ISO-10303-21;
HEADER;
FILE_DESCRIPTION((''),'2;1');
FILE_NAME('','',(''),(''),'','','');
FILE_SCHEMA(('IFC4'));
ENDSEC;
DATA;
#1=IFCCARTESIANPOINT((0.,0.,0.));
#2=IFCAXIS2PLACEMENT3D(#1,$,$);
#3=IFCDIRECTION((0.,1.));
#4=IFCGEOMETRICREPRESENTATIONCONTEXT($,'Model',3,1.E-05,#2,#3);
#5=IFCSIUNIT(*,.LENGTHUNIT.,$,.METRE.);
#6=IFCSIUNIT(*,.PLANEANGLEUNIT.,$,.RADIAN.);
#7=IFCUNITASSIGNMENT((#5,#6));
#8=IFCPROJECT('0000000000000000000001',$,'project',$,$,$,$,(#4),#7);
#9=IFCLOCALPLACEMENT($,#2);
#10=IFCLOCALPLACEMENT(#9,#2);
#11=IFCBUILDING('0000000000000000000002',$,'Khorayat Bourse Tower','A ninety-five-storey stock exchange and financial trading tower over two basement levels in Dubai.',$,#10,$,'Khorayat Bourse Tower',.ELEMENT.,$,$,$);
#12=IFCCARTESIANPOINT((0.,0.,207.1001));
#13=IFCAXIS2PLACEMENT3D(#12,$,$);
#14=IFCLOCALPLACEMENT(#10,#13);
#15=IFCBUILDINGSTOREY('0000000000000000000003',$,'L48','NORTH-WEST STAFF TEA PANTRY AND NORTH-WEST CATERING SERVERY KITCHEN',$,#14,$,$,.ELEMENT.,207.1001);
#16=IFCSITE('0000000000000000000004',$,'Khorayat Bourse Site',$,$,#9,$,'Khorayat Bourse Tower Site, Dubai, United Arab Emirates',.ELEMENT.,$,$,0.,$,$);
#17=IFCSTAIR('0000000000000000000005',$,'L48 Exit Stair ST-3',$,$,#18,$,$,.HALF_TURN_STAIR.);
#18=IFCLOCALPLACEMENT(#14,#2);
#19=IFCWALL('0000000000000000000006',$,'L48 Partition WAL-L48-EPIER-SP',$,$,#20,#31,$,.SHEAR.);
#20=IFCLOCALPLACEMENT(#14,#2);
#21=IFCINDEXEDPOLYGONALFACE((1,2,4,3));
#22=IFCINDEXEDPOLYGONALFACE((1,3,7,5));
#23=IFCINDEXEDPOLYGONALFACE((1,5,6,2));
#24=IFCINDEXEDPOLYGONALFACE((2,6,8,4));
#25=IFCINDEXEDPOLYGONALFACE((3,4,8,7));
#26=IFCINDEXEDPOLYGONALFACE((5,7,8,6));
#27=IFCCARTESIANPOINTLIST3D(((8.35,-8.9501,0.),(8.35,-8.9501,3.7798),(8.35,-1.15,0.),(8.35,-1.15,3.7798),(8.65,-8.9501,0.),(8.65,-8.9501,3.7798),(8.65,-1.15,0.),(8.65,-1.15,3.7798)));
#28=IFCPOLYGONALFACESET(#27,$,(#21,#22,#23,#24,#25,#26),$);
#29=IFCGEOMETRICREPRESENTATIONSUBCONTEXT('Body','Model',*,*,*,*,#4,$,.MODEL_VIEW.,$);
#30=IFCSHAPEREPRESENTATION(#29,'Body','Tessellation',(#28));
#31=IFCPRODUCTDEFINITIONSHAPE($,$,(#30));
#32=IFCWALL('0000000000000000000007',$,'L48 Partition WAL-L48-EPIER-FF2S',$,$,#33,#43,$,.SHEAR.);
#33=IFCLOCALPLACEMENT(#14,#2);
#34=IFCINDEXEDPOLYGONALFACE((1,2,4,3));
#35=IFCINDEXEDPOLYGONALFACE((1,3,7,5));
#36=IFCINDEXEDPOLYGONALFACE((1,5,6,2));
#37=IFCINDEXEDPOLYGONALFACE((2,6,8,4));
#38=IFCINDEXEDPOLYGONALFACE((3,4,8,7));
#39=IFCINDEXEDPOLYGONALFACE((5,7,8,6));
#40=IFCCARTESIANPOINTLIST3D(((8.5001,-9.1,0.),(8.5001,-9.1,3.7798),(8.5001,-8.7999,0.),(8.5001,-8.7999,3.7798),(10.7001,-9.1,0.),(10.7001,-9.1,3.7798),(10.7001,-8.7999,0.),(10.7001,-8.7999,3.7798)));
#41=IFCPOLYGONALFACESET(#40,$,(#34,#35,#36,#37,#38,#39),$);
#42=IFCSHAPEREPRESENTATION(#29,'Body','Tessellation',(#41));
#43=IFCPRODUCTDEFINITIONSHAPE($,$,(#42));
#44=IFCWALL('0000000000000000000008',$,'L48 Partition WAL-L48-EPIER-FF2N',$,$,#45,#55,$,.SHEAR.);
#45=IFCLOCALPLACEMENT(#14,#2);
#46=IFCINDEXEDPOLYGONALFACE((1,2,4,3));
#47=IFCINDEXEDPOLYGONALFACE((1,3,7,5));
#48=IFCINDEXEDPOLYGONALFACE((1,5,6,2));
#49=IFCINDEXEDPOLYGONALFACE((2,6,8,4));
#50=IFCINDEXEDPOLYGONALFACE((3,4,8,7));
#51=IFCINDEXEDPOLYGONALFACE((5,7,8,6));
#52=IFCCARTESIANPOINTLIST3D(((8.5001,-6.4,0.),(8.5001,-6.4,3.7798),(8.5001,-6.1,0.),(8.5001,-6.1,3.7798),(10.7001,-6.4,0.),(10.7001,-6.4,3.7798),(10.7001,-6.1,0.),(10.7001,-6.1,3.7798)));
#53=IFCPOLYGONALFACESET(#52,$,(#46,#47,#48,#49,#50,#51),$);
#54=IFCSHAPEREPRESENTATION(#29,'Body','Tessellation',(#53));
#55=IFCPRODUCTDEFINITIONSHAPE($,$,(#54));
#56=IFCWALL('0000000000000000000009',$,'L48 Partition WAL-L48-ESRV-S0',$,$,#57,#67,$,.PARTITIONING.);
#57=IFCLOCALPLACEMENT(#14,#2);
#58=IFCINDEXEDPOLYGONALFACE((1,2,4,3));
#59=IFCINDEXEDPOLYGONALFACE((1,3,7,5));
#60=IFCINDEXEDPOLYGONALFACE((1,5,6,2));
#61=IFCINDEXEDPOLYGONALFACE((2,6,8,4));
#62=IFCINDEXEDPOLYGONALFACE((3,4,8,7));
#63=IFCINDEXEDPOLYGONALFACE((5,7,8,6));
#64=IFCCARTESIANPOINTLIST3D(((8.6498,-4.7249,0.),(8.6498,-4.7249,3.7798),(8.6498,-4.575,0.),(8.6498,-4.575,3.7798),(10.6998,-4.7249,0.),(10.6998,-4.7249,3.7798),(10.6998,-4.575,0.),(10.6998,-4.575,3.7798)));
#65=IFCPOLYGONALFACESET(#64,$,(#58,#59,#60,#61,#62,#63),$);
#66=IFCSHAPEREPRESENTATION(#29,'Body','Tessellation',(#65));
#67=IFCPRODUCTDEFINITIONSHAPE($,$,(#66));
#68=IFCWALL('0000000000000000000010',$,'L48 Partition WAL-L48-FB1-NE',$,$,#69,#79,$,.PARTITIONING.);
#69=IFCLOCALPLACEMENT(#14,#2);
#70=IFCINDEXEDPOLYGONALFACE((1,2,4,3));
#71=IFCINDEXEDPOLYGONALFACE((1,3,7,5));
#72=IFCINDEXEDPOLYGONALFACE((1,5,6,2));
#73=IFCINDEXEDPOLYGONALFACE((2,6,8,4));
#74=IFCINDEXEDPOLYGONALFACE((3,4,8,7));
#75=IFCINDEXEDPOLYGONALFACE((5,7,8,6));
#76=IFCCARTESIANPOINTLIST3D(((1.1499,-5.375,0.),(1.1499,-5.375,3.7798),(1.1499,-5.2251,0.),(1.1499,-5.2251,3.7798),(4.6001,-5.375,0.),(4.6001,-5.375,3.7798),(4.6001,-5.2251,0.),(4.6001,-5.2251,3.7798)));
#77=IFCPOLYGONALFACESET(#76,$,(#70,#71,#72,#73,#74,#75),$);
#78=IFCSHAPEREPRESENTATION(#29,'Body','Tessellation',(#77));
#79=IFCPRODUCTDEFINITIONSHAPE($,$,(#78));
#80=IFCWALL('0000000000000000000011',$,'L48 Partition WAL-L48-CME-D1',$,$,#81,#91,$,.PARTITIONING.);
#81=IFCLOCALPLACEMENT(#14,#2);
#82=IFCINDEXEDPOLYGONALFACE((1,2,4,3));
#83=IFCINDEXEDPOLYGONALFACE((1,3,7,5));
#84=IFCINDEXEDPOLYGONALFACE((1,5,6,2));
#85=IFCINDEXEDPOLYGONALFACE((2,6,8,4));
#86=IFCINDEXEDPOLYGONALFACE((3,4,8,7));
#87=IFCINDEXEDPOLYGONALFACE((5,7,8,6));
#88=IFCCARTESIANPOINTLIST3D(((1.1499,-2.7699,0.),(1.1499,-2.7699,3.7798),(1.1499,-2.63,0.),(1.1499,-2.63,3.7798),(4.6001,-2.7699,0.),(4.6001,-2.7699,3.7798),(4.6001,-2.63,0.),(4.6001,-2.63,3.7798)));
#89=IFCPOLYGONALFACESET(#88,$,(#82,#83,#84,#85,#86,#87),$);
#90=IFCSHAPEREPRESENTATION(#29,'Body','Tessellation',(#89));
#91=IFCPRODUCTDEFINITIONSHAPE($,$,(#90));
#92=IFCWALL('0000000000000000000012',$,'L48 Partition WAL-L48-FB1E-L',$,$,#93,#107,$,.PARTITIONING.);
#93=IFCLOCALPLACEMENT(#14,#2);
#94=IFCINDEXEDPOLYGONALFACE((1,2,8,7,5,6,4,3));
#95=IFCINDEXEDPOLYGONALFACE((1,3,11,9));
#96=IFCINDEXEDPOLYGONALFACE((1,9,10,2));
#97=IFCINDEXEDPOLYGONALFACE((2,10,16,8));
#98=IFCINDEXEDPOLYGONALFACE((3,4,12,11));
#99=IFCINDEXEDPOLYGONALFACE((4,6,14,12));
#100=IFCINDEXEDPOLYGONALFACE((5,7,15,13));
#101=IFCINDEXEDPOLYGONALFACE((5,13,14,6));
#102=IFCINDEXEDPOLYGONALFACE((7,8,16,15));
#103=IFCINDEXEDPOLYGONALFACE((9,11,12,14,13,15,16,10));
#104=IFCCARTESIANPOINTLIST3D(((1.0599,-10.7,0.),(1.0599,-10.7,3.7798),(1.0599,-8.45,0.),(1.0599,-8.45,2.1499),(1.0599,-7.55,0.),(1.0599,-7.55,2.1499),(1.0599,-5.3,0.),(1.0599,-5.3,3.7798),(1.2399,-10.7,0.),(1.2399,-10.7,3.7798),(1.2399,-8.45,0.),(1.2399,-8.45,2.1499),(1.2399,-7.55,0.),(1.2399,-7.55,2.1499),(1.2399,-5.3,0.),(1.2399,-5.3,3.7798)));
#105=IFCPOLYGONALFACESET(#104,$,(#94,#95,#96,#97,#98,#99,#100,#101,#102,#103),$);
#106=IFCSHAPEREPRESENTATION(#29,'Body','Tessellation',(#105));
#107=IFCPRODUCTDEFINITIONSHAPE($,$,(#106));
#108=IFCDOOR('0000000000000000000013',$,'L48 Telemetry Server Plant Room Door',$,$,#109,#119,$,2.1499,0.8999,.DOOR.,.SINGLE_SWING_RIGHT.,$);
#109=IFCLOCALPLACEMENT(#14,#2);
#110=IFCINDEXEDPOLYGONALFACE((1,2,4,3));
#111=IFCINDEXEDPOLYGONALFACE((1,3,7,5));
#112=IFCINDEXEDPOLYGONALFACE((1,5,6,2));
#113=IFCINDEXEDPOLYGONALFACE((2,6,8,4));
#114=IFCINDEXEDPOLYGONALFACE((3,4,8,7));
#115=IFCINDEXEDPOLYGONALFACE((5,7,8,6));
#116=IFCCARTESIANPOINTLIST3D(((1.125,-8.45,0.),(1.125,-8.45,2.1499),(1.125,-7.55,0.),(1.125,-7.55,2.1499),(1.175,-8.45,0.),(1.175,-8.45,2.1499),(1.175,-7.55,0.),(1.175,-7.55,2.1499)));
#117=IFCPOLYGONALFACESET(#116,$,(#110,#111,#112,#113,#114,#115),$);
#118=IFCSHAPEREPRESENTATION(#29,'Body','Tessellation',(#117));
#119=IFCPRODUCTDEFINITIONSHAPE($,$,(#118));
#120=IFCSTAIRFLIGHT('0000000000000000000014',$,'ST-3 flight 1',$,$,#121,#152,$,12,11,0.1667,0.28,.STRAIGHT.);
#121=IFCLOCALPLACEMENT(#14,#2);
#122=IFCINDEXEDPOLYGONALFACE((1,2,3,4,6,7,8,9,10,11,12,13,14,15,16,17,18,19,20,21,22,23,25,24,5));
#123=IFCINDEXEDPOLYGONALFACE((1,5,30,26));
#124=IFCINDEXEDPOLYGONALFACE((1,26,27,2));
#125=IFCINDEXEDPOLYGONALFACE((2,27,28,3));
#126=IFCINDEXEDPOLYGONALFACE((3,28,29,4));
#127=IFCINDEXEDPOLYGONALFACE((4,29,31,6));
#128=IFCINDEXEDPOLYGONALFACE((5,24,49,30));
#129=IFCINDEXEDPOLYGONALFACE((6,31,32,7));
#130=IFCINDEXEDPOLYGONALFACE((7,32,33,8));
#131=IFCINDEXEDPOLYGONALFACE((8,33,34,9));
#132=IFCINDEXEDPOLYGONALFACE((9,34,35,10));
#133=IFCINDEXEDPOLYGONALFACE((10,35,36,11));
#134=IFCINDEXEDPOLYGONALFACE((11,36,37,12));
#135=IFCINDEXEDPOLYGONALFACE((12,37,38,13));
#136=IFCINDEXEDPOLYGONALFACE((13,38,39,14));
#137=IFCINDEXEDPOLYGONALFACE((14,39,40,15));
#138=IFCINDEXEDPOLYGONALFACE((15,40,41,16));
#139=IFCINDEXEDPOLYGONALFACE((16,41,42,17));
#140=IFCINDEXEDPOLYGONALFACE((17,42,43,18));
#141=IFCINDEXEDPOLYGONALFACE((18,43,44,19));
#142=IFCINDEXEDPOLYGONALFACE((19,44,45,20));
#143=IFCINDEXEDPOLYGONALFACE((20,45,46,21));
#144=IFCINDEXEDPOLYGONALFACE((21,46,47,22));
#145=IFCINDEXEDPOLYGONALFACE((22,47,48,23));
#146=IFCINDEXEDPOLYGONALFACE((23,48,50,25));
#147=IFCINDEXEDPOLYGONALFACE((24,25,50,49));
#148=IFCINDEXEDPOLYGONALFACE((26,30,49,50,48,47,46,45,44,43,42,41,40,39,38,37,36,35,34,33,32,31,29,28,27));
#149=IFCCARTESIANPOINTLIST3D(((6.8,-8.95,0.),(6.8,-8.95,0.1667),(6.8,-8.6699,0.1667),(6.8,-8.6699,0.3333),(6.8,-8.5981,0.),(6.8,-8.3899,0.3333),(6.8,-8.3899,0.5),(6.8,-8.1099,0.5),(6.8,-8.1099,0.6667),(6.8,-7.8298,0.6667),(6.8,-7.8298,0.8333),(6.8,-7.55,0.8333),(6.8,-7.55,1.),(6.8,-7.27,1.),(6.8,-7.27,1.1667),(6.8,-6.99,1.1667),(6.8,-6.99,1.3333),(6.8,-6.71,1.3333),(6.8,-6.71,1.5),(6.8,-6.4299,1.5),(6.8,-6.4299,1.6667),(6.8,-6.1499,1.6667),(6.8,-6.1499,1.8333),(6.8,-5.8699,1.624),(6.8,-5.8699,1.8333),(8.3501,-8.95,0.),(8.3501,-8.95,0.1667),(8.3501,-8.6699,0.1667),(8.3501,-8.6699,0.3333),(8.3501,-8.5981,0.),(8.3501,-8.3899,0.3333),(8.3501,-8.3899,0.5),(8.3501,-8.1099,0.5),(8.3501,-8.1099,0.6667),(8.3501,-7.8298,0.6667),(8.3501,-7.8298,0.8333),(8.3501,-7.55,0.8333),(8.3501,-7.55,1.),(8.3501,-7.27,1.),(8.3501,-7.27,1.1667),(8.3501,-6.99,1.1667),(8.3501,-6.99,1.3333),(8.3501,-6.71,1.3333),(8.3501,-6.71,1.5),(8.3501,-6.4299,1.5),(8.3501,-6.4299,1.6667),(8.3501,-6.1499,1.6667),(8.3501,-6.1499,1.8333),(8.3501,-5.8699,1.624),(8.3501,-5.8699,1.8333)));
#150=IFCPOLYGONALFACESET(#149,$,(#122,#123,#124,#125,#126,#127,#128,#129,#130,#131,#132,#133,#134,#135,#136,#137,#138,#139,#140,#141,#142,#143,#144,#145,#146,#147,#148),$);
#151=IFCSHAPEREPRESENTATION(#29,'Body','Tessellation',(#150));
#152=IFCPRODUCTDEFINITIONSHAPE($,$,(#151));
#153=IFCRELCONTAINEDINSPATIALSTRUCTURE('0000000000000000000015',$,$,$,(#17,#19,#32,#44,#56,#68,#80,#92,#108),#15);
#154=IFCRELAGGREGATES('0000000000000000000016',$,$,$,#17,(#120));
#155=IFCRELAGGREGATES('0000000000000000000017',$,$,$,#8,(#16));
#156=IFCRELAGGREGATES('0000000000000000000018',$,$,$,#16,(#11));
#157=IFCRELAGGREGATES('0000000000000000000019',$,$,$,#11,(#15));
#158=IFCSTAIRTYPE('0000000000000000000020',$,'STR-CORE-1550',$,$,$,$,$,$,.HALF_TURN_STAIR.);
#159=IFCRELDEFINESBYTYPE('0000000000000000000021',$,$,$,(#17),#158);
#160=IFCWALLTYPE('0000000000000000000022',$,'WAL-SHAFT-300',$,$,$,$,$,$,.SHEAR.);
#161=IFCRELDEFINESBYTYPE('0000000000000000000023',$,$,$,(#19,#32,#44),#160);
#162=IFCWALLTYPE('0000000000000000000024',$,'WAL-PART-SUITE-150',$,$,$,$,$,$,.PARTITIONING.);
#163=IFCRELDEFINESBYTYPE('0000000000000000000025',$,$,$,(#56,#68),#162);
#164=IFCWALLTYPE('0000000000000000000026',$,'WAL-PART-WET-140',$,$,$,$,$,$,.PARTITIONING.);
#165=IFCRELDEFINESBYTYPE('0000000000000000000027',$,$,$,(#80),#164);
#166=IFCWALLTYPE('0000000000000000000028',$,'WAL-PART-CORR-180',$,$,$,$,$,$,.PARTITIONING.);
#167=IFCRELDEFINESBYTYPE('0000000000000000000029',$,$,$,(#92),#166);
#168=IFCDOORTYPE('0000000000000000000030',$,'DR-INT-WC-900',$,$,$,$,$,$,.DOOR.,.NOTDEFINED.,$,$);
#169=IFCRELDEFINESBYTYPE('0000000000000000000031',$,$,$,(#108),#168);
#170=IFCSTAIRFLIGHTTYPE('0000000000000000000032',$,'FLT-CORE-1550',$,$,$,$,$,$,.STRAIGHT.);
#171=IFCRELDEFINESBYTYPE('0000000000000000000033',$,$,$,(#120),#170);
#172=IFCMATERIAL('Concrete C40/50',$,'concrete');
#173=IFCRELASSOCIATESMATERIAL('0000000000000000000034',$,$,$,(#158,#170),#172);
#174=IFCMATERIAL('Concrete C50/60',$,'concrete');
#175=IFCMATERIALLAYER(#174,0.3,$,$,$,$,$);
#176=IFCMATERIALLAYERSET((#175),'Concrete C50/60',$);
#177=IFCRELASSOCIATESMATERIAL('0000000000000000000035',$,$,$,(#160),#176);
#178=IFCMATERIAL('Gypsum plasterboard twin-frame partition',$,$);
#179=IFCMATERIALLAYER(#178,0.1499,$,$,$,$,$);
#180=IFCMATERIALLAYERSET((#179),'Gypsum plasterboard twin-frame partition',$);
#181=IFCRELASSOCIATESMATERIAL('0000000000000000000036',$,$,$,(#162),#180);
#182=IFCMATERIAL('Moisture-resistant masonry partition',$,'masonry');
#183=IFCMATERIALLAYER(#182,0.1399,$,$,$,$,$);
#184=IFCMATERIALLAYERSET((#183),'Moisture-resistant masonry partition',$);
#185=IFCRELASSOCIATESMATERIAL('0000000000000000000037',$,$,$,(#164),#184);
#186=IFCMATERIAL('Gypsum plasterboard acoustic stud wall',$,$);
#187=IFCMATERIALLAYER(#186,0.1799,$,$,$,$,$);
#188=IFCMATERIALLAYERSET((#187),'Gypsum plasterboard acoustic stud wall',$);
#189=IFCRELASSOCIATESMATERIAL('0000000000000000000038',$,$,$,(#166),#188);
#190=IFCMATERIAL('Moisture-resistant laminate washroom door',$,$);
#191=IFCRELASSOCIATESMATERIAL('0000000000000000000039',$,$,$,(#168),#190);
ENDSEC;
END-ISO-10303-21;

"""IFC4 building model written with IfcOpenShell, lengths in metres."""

from ifc_helpers import new_model, si_unit, direction, frame, frame_2d, origin, place, context, subcontext, project, spatial, polyline, rectangle, outline, extrude, source, transform, mapped, material, layer, layer_set, type_object, element, fill, aggregate, save


model = new_model("IFC4")

# Units and contexts
model_context = context("Model", 3, precision=1e-05, world=origin(), true_north=direction((0.0, 1.0)))
body_context = subcontext(model_context, "Body", "Model", "MODEL_VIEW")
ifc_project = project(units=[si_unit("LENGTHUNIT", "METRE"), si_unit("PLANEANGLEUNIT", "RADIAN")], contexts=[model_context])

# Site, building, storey
site_placement = place(None, origin())
site = spatial("IfcSite", under=ifc_project, at=site_placement, Name="Khorayat Bourse Site", LongName="Khorayat Bourse Tower Site, Dubai, United Arab Emirates", CompositionType="ELEMENT", RefElevation=0.0)
building_placement = place(site_placement, origin())
building = spatial("IfcBuilding", under=site, at=building_placement, Name="Khorayat Bourse Tower", Description="A ninety-five-storey stock exchange and financial trading tower over two basement levels in Dubai.", LongName="Khorayat Bourse Tower", CompositionType="ELEMENT")
storey_placement = place(building_placement, frame((0.0, 0.0, 207.1001)))
storey = spatial("IfcBuildingStorey", under=building, at=storey_placement, Name="L48", Description="NORTH-WEST STAFF TEA PANTRY AND NORTH-WEST CATERING SERVERY KITCHEN", CompositionType="ELEMENT", Elevation=207.1001)

# Stair
ifc_material_1 = material(Name="Concrete C40/50", Category="concrete")
stair_type = type_object("IfcStairType", Name="STR-CORE-1550", PredefinedType="HALF_TURN_STAIR", material=ifc_material_1)
stair_1_placement = place(storey_placement, origin())
stair_1 = element("IfcStair", 1, at=stair_1_placement, inside=storey, type_object=stair_type, Name="L48 Exit Stair ST-3", PredefinedType="HALF_TURN_STAIR")

# Walls
ifc_material_2 = material(Name="Concrete C50/60", Category="concrete")
ifc_layer_1 = layer(ifc_material_2, 0.3)
ifc_layer_set_1 = layer_set([ifc_layer_1], Name="Concrete C50/60")
wall_type_1 = type_object("IfcWallType", Name="WAL-SHAFT-300", PredefinedType="SHEAR", material=ifc_layer_set_1)
shared_shape_1 = source(origin(), body_context, "Body", "SweptSolid", [
    extrude(rectangle(XDim=7.8, YDim=0.3, at=frame_2d((3.8999, 0.0))), origin(), (0.0, 0.0, 1.0), 3.7798),
])
wall_1_placement = place(storey_placement, frame((8.5, -8.95, 0.0), z_axis=(0.0, 0.0, 1.0), x_axis=(0.0, 1.0, 0.0)))
element("IfcWall", 2, at=wall_1_placement, inside=storey, type_object=wall_type_1, Name="L48 Partition WAL-L48-EPIER-SP", PredefinedType="SHEAR", context=body_context, shape_type="MappedRepresentation", body=[
    mapped(shared_shape_1, transform((0.0, 0.0, 0.0), scale=1.0)),
])
shared_shape_2 = source(origin(), body_context, "Body", "SweptSolid", [
    extrude(rectangle(XDim=2.2, YDim=0.3, at=frame_2d((1.1001, 0.0))), origin(), (0.0, 0.0, 1.0), 3.7798),
])
for number, where, z_axis, x_axis, name in (
    (3, (8.5, -8.95, 0.0), (0.0, 0.0, 1.0), (1.0, 0.0, 0.0), "L48 Partition WAL-L48-EPIER-FF2S"),
    (4, (8.5, -6.25, 0.0), (0.0, 0.0, 1.0), (1.0, 0.0, 0.0), "L48 Partition WAL-L48-EPIER-FF2N"),
):
    element("IfcWall", number, at=place(storey_placement, frame(where, z_axis=z_axis, x_axis=x_axis)), inside=storey, type_object=wall_type_1, Name=name, PredefinedType="SHEAR", context=body_context, shape_type="MappedRepresentation", body=[
        mapped(shared_shape_2, transform((0.0, 0.0, 0.0), scale=1.0)),
    ])
ifc_material_3 = material(Name="Gypsum plasterboard twin-frame partition")
ifc_layer_2 = layer(ifc_material_3, 0.1499)
ifc_layer_set_2 = layer_set([ifc_layer_2], Name="Gypsum plasterboard twin-frame partition")
wall_type_2 = type_object("IfcWallType", Name="WAL-PART-SUITE-150", PredefinedType="PARTITIONING", material=ifc_layer_set_2)
shared_shape_3 = source(origin(), body_context, "Body", "SweptSolid", [
    extrude(rectangle(XDim=2.05, YDim=0.1499, at=frame_2d((1.0249, 0.0))), origin(), (0.0, 0.0, 1.0), 3.7798),
])
wall_2_placement = place(storey_placement, frame((8.6499, -4.6499, 0.0), z_axis=(0.0, 0.0, 1.0), x_axis=(1.0, 0.0, 0.0)))
element("IfcWall", 5, at=wall_2_placement, inside=storey, type_object=wall_type_2, Name="L48 Partition WAL-L48-ESRV-S0", PredefinedType="PARTITIONING", context=body_context, shape_type="MappedRepresentation", body=[
    mapped(shared_shape_3, transform((0.0, 0.0, 0.0), scale=1.0)),
])
shared_shape_4 = source(origin(), body_context, "Body", "SweptSolid", [
    extrude(rectangle(XDim=3.4502, YDim=0.1499, at=frame_2d((1.7251, 0.0))), origin(), (0.0, 0.0, 1.0), 3.7798),
])
wall_3_placement = place(storey_placement, frame((1.1499, -5.3, 0.0), z_axis=(0.0, 0.0, 1.0), x_axis=(1.0, 0.0, 0.0)))
element("IfcWall", 6, at=wall_3_placement, inside=storey, type_object=wall_type_2, Name="L48 Partition WAL-L48-FB1-NE", PredefinedType="PARTITIONING", context=body_context, shape_type="MappedRepresentation", body=[
    mapped(shared_shape_4, transform((0.0, 0.0, 0.0), scale=1.0)),
])
ifc_material_4 = material(Name="Moisture-resistant masonry partition", Category="masonry")
ifc_layer_3 = layer(ifc_material_4, 0.1399)
ifc_layer_set_3 = layer_set([ifc_layer_3], Name="Moisture-resistant masonry partition")
wall_type_3 = type_object("IfcWallType", Name="WAL-PART-WET-140", PredefinedType="PARTITIONING", material=ifc_layer_set_3)
shared_shape_5 = source(origin(), body_context, "Body", "SweptSolid", [
    extrude(rectangle(XDim=3.4502, YDim=0.1399, at=frame_2d((1.7251, 0.0))), origin(), (0.0, 0.0, 1.0), 3.7798),
])
wall_4_placement = place(storey_placement, frame((1.1499, -2.7, 0.0), z_axis=(0.0, 0.0, 1.0), x_axis=(1.0, 0.0, 0.0)))
element("IfcWall", 7, at=wall_4_placement, inside=storey, type_object=wall_type_3, Name="L48 Partition WAL-L48-CME-D1", PredefinedType="PARTITIONING", context=body_context, shape_type="MappedRepresentation", body=[
    mapped(shared_shape_5, transform((0.0, 0.0, 0.0), scale=1.0)),
])

# Wall, opening, door
ifc_material_5 = material(Name="Gypsum plasterboard acoustic stud wall")
ifc_layer_4 = layer(ifc_material_5, 0.1799)
ifc_layer_set_4 = layer_set([ifc_layer_4], Name="Gypsum plasterboard acoustic stud wall")
wall_type_4 = type_object("IfcWallType", Name="WAL-PART-CORR-180", PredefinedType="PARTITIONING", material=ifc_layer_set_4)
shared_shape_6 = source(origin(), body_context, "Body", "SweptSolid", [
    extrude(rectangle(XDim=5.3999, YDim=0.1799, at=frame_2d((2.7, 0.0))), origin(), (0.0, 0.0, 1.0), 3.7798),
])
wall_5_placement = place(storey_placement, frame((1.1499, -10.7, 0.0), z_axis=(0.0, 0.0, 1.0), x_axis=(0.0, 1.0, 0.0)))
wall_5 = element("IfcWall", 8, at=wall_5_placement, inside=storey, type_object=wall_type_4, Name="L48 Partition WAL-L48-FB1E-L", PredefinedType="PARTITIONING", context=body_context, shape_type="MappedRepresentation", body=[
    mapped(shared_shape_6, transform((0.0, 0.0, 0.0), scale=1.0)),
])
shared_shape_7 = source(origin(), body_context, "Body", "SweptSolid", [
    extrude(rectangle(XDim=0.8999, YDim=2.1499, at=frame_2d((0.45, 1.075))), frame((0.0, 0.0999, 0.0), z_axis=(0.0, -1.0, 0.0), x_axis=(1.0, 0.0, 0.0)), (0.0, 0.0, 1.0), 0.2),
])
opening_1_placement = place(wall_5_placement, frame((2.25, 0.0, 0.0)))
opening_1 = element("IfcOpeningElement", 9, at=opening_1_placement, cuts=wall_5, PredefinedType="OPENING", context=body_context, shape_type="MappedRepresentation", body=[
    mapped(shared_shape_7, transform((0.0, 0.0, 0.0), scale=1.0)),
])
ifc_material_6 = material(Name="Moisture-resistant laminate washroom door")
door_type = type_object("IfcDoorType", Name="DR-INT-WC-900", OperationType="NOTDEFINED", PredefinedType="DOOR", material=ifc_material_6)
shared_shape_8 = source(origin(), body_context, "Body", "SweptSolid", [
    extrude(rectangle(XDim=0.8999, YDim=2.1499, at=frame_2d((0.45, 1.075))), frame((0.0, 0.0249, 0.0), z_axis=(0.0, -1.0, 0.0), x_axis=(1.0, 0.0, 0.0)), (0.0, 0.0, 1.0), 0.05),
])
door_1_placement = place(opening_1_placement, origin())
door_1 = element("IfcDoor", 10, at=door_1_placement, inside=storey, type_object=door_type, Name="L48 Telemetry Server Plant Room Door", OperationType="SINGLE_SWING_RIGHT", OverallHeight=2.1499, OverallWidth=0.8999, PredefinedType="DOOR", context=body_context, shape_type="MappedRepresentation", body=[
    mapped(shared_shape_8, transform((0.0, 0.0, 0.0), scale=1.0)),
])
fill(opening_1, door_1)

# Stair flight
stair_flight_type = type_object("IfcStairFlightType", Name="FLT-CORE-1550", PredefinedType="STRAIGHT", material=ifc_material_1)
shared_shape_9 = source(origin(), body_context, "Body", "SweptSolid", [
    extrude(outline(polyline([(0.0, 0.0), (0.0, 0.1667), (0.28, 0.1667), (0.28, 0.3333), (0.5601, 0.3333), (0.5601, 0.5), (0.8401, 0.5), (0.8401, 0.6667), (1.1201, 0.6667), (1.1201, 0.8333), (1.3999, 0.8333), (1.3999, 1.0), (1.6799, 1.0), (1.6799, 1.1667), (1.96, 1.1667), (1.96, 1.3333), (2.24, 1.3333), (2.24, 1.5), (2.52, 1.5), (2.52, 1.6667), (2.8, 1.6667), (2.8, 1.8333), (3.0801, 1.8333), (3.0801, 2.0), (3.0801, 1.624), (0.3518, 0.0), (0.0, 0.0)])), frame((0.0, 0.7749, 0.0), z_axis=(0.0, -1.0, 0.0), x_axis=(1.0, 0.0, 0.0)), (0.0, 0.0, 1.0), 1.55),
])
stair_flight_1_placement = place(storey_placement, frame((7.575, -8.95, 0.0), z_axis=(0.0, 0.0, 1.0), x_axis=(0.0, 1.0, 0.0)))
stair_flight_1 = element("IfcStairFlight", 11, at=stair_flight_1_placement, type_object=stair_flight_type, Name="ST-3 flight 1", NumberOfRisers=12, NumberOfTreads=11, PredefinedType="STRAIGHT", RiserHeight=0.1667, TreadLength=0.28, context=body_context, shape_type="MappedRepresentation", body=[
    mapped(shared_shape_9, transform((0.0, 0.0, 0.0), scale=1.0)),
])
aggregate(stair_1, [stair_flight_1])

save(model, "model.ifc")
